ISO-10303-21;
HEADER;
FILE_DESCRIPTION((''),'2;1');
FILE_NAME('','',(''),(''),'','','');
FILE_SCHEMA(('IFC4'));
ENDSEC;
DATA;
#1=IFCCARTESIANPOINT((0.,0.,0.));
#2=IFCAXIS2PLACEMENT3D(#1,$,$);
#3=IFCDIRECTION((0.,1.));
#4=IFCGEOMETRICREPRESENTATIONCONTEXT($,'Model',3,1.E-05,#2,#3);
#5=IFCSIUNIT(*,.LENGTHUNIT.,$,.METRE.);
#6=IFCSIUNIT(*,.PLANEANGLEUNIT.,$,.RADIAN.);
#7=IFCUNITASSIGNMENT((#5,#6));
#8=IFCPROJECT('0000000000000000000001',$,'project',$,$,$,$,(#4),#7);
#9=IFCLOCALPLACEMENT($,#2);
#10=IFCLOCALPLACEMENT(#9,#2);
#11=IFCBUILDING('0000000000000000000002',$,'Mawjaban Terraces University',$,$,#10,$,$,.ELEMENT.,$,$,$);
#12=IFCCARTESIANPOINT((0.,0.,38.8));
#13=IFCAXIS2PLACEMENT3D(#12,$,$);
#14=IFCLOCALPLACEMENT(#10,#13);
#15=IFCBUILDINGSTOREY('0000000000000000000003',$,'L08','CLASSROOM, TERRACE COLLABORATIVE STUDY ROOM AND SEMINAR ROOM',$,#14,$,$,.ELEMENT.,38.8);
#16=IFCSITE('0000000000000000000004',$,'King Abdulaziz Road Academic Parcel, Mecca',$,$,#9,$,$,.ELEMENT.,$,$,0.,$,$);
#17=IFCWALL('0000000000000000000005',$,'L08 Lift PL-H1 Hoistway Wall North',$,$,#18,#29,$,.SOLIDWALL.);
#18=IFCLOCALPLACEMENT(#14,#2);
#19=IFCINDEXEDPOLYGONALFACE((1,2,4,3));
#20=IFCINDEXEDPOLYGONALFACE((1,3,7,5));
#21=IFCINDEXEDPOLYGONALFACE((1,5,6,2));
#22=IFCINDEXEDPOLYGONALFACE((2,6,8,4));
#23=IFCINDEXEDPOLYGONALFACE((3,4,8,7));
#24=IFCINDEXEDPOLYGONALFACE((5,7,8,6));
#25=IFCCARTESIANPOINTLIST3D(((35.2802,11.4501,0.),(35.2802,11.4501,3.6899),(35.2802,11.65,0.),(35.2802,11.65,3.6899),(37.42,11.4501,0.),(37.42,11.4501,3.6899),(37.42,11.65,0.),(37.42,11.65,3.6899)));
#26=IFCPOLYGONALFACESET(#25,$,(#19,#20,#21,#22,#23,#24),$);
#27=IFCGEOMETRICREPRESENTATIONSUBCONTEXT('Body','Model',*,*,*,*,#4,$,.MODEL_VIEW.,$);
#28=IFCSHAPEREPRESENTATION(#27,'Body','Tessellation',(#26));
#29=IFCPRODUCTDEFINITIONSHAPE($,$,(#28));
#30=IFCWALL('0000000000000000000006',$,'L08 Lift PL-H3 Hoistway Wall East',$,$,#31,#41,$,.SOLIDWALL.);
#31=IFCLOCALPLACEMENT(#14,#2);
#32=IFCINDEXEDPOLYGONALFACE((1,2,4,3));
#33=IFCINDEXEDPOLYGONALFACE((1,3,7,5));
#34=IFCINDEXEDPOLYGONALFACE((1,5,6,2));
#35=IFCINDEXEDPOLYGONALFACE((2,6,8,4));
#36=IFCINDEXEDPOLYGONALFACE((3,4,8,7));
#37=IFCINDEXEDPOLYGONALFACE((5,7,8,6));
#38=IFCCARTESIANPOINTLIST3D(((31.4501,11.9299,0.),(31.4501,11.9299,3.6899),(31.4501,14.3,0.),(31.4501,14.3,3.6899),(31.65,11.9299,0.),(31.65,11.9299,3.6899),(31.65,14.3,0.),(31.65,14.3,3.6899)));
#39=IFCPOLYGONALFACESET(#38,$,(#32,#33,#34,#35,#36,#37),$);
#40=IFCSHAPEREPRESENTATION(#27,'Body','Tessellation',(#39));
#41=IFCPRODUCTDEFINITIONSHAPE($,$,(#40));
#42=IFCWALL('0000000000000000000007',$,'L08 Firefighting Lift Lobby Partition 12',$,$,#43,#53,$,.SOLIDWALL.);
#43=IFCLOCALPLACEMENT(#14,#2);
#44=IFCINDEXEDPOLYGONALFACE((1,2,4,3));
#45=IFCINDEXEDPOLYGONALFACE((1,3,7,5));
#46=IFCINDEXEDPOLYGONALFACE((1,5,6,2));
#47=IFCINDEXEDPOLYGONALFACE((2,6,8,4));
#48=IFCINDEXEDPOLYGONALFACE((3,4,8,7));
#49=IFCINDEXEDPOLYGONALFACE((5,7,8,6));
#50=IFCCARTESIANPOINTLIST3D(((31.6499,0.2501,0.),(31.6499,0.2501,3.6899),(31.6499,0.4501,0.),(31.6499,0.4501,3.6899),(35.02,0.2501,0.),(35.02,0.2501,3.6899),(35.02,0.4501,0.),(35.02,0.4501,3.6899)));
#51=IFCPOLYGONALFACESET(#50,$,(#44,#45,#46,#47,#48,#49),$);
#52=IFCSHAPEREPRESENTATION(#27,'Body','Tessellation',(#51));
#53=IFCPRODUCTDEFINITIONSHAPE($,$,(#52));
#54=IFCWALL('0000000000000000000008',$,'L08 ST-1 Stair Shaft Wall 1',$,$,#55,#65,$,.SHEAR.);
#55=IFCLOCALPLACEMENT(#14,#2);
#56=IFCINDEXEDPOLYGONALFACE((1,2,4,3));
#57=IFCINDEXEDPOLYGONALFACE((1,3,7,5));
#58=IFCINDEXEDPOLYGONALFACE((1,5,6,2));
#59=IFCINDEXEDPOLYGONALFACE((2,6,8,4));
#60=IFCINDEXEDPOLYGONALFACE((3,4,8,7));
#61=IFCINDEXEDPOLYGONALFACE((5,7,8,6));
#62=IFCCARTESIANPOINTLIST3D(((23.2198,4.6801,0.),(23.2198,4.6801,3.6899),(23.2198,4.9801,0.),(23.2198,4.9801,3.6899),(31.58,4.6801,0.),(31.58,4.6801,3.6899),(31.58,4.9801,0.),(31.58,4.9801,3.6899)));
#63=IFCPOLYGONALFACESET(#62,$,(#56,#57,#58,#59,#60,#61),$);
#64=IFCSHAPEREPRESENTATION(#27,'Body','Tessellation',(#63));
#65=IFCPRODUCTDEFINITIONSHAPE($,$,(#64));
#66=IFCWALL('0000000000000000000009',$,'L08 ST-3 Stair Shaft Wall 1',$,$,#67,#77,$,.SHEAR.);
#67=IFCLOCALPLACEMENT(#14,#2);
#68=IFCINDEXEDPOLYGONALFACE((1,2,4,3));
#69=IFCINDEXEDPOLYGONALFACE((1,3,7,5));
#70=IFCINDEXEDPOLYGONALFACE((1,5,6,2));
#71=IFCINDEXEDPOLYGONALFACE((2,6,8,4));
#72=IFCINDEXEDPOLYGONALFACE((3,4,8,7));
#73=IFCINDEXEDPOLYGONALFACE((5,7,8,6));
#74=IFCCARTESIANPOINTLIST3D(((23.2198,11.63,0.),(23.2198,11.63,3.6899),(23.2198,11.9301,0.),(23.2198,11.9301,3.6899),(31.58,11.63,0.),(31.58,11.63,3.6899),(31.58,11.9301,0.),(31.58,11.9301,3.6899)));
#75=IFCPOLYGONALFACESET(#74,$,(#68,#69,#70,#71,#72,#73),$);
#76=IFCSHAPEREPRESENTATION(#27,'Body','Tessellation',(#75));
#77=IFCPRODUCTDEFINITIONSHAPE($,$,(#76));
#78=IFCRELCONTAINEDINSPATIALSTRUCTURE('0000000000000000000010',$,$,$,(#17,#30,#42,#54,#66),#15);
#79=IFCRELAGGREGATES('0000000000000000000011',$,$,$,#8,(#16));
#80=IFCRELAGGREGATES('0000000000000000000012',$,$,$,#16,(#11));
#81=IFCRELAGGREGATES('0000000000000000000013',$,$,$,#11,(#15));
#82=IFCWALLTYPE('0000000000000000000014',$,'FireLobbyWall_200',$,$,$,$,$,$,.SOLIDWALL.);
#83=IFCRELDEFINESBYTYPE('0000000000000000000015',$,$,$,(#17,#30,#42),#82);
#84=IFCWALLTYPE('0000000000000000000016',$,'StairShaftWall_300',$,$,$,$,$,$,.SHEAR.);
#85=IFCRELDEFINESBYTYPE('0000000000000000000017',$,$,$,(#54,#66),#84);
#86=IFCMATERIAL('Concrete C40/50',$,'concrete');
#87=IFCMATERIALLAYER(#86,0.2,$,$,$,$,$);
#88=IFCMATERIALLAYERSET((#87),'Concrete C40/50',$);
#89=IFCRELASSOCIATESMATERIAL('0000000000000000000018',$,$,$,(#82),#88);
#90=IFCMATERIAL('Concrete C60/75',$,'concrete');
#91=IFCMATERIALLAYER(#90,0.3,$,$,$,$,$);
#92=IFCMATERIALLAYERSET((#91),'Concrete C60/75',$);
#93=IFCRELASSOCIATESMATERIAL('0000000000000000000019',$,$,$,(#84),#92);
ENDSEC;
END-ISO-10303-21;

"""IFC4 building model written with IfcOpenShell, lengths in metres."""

from ifc_helpers import new_model, si_unit, direction, frame, frame_2d, origin, place, context, subcontext, project, spatial, rectangle, extrude, material, layer, layer_set, type_object, element, save


model = new_model("IFC4")

# Units and contexts
model_context = context("Model", 3, precision=1e-05, world=origin(), true_north=direction((0.0, 1.0)))
body_context = subcontext(model_context, "Body", "Model", "MODEL_VIEW")
ifc_project = project(units=[si_unit("LENGTHUNIT", "METRE"), si_unit("PLANEANGLEUNIT", "RADIAN")], contexts=[model_context])

# Site, building, storey
site_placement = place(None, origin())
site = spatial("IfcSite", under=ifc_project, at=site_placement, Name="King Abdulaziz Road Academic Parcel, Mecca", CompositionType="ELEMENT", RefElevation=0.0)
building_placement = place(site_placement, origin())
building = spatial("IfcBuilding", under=site, at=building_placement, Name="Mawjaban Terraces University", CompositionType="ELEMENT")
storey_placement = place(building_placement, frame((0.0, 0.0, 38.8)))
storey = spatial("IfcBuildingStorey", under=building, at=storey_placement, Name="L08", Description="CLASSROOM, TERRACE COLLABORATIVE STUDY ROOM AND SEMINAR ROOM", CompositionType="ELEMENT", Elevation=38.8)

# Shared definitions
ifc_material_1 = material(Name="Concrete C40/50", Category="concrete")
ifc_layer_1 = layer(ifc_material_1, 0.2)
ifc_layer_set_1 = layer_set([ifc_layer_1], Name="Concrete C40/50")
wall_type_1 = type_object("IfcWallType", Name="FireLobbyWall_200", PredefinedType="SOLIDWALL", material=ifc_layer_set_1)

# Walls
for number, where, z_axis, x_axis, name in (
    (1, (37.4199, 11.55, 0.0), (0.0, 0.0, 1.0), (-1.0, 0.0, 0.0), "L08 Lift PL-H1 Hoistway Wall North"),
):
    element("IfcWall", number, at=place(storey_placement, frame(where, z_axis=z_axis, x_axis=x_axis)), inside=storey, type_object=wall_type_1, Name=name, PredefinedType="SOLIDWALL", context=body_context, shape_type="SweptSolid", body=[
        extrude(rectangle(XDim=2.1399, YDim=0.2, at=frame_2d((1.0698, 0.0))), origin(), (0.0, 0.0, 1.0), 3.6899),
    ])
wall_1_placement = place(storey_placement, frame((31.55, 11.9299, 0.0), z_axis=(0.0, 0.0, 1.0), x_axis=(0.0, 1.0, 0.0)))
element("IfcWall", 2, at=wall_1_placement, inside=storey, type_object=wall_type_1, Name="L08 Lift PL-H3 Hoistway Wall East", PredefinedType="SOLIDWALL", context=body_context, shape_type="SweptSolid", body=[
    extrude(rectangle(XDim=2.3701, YDim=0.2, at=frame_2d((1.1851, 0.0))), origin(), (0.0, 0.0, 1.0), 3.6899),
])
wall_2_placement = place(storey_placement, frame((31.6499, 0.3501, 0.0), z_axis=(0.0, 0.0, 1.0), x_axis=(1.0, 0.0, 0.0)))
element("IfcWall", 3, at=wall_2_placement, inside=storey, type_object=wall_type_1, Name="L08 Firefighting Lift Lobby Partition 12", PredefinedType="SOLIDWALL", context=body_context, shape_type="SweptSolid", body=[
    extrude(rectangle(XDim=3.3701, YDim=0.2, at=frame_2d((1.6851, 0.0))), origin(), (0.0, 0.0, 1.0), 3.6899),
])

# Wall
ifc_material_2 = material(Name="Concrete C60/75", Category="concrete")
ifc_layer_2 = layer(ifc_material_2, 0.3)
ifc_layer_set_2 = layer_set([ifc_layer_2], Name="Concrete C60/75")
wall_type_2 = type_object("IfcWallType", Name="StairShaftWall_300", PredefinedType="SHEAR", material=ifc_layer_set_2)
wall_3_placement = place(storey_placement, frame((31.5801, 4.8301, 0.0), z_axis=(0.0, 0.0, 1.0), x_axis=(-1.0, 0.0, 0.0)))
element("IfcWall", 4, at=wall_3_placement, inside=storey, type_object=wall_type_2, Name="L08 ST-1 Stair Shaft Wall 1", PredefinedType="SHEAR", context=body_context, shape_type="SweptSolid", body=[
    extrude(rectangle(XDim=8.3601, YDim=0.3, at=frame_2d((4.1802, 0.0))), origin(), (0.0, 0.0, 1.0), 3.6899),
])

# Wall
wall_4_placement = place(storey_placement, frame((31.5801, 11.78, 0.0), z_axis=(0.0, 0.0, 1.0), x_axis=(-1.0, 0.0, 0.0)))
element("IfcWall", 5, at=wall_4_placement, inside=storey, type_object=wall_type_2, Name="L08 ST-3 Stair Shaft Wall 1", PredefinedType="SHEAR", context=body_context, shape_type="SweptSolid", body=[
    extrude(rectangle(XDim=8.3601, YDim=0.3, at=frame_2d((4.1802, 0.0))), origin(), (0.0, 0.0, 1.0), 3.6899),
])

save(model, "model.ifc")
